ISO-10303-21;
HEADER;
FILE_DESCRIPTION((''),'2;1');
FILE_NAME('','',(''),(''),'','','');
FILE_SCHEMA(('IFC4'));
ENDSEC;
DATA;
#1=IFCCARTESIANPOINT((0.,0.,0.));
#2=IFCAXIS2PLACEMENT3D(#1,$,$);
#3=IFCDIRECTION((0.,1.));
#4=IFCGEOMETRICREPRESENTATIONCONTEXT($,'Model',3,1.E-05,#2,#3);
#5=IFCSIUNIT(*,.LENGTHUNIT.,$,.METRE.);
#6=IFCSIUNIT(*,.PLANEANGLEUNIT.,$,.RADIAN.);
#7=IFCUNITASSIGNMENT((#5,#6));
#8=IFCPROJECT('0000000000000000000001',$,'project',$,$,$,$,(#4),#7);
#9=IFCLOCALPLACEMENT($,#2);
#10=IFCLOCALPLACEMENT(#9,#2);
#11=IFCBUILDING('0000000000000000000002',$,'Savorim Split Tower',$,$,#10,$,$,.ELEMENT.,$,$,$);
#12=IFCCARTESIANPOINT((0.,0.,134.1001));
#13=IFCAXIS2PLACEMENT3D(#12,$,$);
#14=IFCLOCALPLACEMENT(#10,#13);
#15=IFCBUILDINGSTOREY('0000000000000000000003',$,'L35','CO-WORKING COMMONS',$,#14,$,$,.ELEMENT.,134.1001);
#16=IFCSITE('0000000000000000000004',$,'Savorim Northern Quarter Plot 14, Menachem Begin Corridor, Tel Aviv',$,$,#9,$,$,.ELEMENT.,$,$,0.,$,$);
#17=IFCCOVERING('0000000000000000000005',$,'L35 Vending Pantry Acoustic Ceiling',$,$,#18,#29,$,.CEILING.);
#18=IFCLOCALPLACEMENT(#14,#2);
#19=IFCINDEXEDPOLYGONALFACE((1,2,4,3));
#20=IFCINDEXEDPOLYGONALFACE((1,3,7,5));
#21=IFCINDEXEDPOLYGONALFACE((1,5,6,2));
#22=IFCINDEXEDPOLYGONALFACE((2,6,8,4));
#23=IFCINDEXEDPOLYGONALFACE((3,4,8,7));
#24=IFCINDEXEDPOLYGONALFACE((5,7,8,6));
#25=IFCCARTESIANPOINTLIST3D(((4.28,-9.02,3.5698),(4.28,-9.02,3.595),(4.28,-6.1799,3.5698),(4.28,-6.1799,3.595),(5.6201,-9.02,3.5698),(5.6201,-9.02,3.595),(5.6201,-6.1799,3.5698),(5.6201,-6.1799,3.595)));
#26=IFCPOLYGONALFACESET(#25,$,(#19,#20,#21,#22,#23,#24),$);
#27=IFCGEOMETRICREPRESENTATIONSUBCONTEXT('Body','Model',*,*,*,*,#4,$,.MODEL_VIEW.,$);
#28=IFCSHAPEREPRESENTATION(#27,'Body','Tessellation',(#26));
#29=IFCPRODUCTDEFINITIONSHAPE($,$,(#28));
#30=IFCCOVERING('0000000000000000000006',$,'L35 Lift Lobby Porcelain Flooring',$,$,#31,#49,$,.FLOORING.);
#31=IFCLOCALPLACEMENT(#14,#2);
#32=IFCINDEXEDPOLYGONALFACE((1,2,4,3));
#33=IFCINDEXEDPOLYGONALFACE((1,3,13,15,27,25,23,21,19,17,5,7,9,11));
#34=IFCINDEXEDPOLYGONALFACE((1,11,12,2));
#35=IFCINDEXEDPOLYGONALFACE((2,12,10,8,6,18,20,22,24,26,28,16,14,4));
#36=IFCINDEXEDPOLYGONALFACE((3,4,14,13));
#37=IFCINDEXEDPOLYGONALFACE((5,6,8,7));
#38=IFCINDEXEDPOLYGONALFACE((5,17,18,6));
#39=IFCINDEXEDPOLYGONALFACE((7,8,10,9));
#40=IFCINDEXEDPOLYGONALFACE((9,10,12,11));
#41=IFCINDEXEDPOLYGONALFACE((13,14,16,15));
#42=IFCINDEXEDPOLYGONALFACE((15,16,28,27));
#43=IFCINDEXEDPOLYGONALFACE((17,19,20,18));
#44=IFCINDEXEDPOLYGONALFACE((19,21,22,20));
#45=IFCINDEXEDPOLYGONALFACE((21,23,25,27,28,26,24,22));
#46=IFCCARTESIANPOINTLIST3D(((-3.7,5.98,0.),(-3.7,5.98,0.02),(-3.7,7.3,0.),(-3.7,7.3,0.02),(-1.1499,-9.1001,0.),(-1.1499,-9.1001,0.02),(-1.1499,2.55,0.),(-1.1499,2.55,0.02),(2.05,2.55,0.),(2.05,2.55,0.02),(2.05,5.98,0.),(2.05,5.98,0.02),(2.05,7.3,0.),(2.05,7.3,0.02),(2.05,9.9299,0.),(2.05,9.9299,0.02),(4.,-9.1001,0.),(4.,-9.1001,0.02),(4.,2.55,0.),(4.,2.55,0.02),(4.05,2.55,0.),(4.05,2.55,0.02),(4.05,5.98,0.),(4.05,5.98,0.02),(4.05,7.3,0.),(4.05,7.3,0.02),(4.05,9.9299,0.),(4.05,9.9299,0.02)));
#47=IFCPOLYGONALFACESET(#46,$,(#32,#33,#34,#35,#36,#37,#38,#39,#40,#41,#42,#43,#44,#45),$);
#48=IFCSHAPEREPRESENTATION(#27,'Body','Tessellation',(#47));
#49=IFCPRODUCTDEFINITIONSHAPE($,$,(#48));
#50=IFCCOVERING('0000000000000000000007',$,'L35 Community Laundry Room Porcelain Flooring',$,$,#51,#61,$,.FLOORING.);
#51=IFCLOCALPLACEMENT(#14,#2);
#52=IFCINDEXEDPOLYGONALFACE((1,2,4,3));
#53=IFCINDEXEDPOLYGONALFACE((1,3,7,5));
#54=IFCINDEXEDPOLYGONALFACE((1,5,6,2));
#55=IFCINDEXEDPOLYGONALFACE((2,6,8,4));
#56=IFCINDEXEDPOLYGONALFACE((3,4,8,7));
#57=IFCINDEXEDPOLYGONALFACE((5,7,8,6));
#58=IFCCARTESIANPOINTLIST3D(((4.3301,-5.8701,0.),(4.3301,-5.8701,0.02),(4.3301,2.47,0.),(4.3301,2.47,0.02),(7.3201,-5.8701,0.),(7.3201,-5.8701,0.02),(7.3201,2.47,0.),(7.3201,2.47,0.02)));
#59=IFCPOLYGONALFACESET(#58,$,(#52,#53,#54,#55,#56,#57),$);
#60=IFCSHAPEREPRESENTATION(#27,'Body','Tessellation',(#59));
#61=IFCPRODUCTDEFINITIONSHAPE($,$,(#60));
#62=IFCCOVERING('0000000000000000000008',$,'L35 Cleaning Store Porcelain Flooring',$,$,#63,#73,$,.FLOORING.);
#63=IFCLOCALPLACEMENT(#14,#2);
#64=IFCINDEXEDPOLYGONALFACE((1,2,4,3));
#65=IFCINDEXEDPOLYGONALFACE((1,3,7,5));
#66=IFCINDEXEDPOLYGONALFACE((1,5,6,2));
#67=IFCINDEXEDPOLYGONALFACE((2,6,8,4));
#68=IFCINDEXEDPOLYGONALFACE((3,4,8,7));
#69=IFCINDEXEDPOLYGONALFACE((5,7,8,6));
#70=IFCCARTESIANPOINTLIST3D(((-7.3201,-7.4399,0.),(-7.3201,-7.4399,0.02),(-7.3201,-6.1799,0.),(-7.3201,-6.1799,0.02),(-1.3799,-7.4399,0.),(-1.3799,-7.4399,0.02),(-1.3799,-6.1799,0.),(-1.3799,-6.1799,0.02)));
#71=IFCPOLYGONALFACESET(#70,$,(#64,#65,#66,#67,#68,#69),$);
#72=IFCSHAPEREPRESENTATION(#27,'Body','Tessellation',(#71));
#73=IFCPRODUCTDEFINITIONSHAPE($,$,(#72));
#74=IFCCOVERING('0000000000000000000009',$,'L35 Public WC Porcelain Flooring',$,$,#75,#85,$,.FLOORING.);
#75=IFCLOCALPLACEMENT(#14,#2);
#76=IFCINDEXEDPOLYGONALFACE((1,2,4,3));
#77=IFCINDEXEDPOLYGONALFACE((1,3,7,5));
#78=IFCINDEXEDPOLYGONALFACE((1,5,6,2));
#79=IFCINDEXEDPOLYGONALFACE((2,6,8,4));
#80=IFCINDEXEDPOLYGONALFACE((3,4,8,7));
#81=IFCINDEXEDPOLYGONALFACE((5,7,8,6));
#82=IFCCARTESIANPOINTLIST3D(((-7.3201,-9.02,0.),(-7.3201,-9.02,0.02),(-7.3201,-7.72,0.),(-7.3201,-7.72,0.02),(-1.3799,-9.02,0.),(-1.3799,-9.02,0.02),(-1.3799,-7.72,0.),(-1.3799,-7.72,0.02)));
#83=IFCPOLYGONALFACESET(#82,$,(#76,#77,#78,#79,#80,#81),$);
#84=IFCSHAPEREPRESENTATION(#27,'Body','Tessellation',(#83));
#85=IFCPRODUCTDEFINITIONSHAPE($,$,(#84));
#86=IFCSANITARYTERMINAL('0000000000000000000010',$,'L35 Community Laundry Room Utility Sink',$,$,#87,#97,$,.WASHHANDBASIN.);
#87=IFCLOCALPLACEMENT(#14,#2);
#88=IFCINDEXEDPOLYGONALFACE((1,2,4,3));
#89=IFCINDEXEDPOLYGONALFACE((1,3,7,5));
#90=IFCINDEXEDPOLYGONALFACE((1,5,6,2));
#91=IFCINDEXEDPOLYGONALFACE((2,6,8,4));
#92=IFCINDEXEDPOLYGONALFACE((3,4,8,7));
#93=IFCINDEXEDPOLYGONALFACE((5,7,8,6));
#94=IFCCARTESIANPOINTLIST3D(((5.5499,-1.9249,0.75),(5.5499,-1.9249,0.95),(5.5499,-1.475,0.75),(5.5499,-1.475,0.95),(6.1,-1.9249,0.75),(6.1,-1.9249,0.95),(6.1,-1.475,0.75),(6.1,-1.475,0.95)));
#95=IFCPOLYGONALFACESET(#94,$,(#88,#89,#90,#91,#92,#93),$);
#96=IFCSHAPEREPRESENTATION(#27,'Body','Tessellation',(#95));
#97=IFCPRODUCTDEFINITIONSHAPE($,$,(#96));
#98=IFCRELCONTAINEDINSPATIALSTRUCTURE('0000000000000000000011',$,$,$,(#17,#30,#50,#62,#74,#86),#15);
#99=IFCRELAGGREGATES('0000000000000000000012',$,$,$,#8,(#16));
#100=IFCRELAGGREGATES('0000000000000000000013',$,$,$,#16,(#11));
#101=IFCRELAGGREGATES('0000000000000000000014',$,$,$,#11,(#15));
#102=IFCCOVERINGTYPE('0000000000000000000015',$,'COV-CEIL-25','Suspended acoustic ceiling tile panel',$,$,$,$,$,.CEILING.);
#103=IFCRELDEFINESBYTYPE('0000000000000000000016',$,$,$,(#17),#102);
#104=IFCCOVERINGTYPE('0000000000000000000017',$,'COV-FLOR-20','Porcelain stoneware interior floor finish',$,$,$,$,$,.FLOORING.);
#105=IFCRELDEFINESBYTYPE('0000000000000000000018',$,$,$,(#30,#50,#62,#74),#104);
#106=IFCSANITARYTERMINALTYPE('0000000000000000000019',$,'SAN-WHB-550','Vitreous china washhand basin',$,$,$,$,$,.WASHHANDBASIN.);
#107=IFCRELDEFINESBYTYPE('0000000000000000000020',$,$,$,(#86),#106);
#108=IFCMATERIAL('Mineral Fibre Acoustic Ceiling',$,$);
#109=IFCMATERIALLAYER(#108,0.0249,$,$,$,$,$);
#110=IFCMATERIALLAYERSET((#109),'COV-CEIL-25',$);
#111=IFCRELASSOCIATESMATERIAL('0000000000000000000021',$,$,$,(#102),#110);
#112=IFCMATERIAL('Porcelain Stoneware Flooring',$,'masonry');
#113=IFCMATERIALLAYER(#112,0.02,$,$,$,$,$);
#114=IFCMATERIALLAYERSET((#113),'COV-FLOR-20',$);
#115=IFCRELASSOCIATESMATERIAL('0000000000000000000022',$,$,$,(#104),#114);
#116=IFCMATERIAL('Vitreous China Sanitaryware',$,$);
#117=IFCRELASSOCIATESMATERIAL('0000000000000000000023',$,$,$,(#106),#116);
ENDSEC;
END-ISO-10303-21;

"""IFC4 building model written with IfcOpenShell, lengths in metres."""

from ifc_helpers import new_model, si_unit, direction, frame, origin, origin_2d, place, context, subcontext, project, spatial, polyline, rectangle, outline, extrude, material, layer, layer_set, type_object, element, save


model = new_model("IFC4")

# Units and contexts
model_context = context("Model", 3, precision=1e-05, world=origin(), true_north=direction((0.0, 1.0)))
body_context = subcontext(model_context, "Body", "Model", "MODEL_VIEW")
ifc_project = project(units=[si_unit("LENGTHUNIT", "METRE"), si_unit("PLANEANGLEUNIT", "RADIAN")], contexts=[model_context])

# Site, building, storey
site_placement = place(None, origin())
site = spatial("IfcSite", under=ifc_project, at=site_placement, Name="Savorim Northern Quarter Plot 14, Menachem Begin Corridor, Tel Aviv", CompositionType="ELEMENT", RefElevation=0.0)
building_placement = place(site_placement, origin())
building = spatial("IfcBuilding", under=site, at=building_placement, Name="Savorim Split Tower", CompositionType="ELEMENT")
storey_placement = place(building_placement, frame((0.0, 0.0, 134.1001)))
storey = spatial("IfcBuildingStorey", under=building, at=storey_placement, Name="L35", Description="CO-WORKING COMMONS", CompositionType="ELEMENT", Elevation=134.1001)

# Coverings
ifc_material_1 = material(Name="Mineral Fibre Acoustic Ceiling")
ifc_layer_1 = layer(ifc_material_1, 0.0249)
ifc_layer_set_1 = layer_set([ifc_layer_1], Name="COV-CEIL-25")
covering_type_1 = type_object("IfcCoveringType", Name="COV-CEIL-25", Description="Suspended acoustic ceiling tile panel", PredefinedType="CEILING", material=ifc_layer_set_1)
covering_1_placement = place(storey_placement, frame((0.0, 0.0, 3.5698)))
element("IfcCovering", 1, at=covering_1_placement, inside=storey, type_object=covering_type_1, Name="L35 Vending Pantry Acoustic Ceiling", PredefinedType="CEILING", context=body_context, shape_type="SweptSolid", body=[
    extrude(outline(polyline([(4.28, -6.1799), (4.28, -9.02), (5.6201, -9.02), (5.6201, -6.1799), (4.28, -6.1799)])), origin(), (0.0, 0.0, 1.0), 0.0251),
])
ifc_material_2 = material(Name="Porcelain Stoneware Flooring", Category="masonry")
ifc_layer_2 = layer(ifc_material_2, 0.02)
ifc_layer_set_2 = layer_set([ifc_layer_2], Name="COV-FLOR-20")
covering_type_2 = type_object("IfcCoveringType", Name="COV-FLOR-20", Description="Porcelain stoneware interior floor finish", PredefinedType="FLOORING", material=ifc_layer_set_2)
covering_2_placement = place(storey_placement, origin())
element("IfcCovering", 2, at=covering_2_placement, inside=storey, type_object=covering_type_2, Name="L35 Lift Lobby Porcelain Flooring", PredefinedType="FLOORING", context=body_context, shape_type="SweptSolid", body=[
    extrude(outline(polyline([(2.05, 2.55), (-1.1499, 2.55), (-1.1499, -9.1001), (4.0, -9.1001), (4.0, 2.55), (4.05, 2.55), (4.05, 5.98), (4.05, 7.3), (4.05, 9.9299), (2.05, 9.9299), (2.05, 7.3), (-3.7, 7.3), (-3.7, 5.98), (2.05, 5.98), (2.05, 2.55)])), origin(), (0.0, 0.0, 1.0), 0.02),
])
covering_3_placement = place(storey_placement, origin())
element("IfcCovering", 3, at=covering_3_placement, inside=storey, type_object=covering_type_2, Name="L35 Community Laundry Room Porcelain Flooring", PredefinedType="FLOORING", context=body_context, shape_type="SweptSolid", body=[
    extrude(outline(polyline([(4.3301, 2.47), (4.3301, -5.8701), (7.3201, -5.8701), (7.3201, 2.47), (4.3301, 2.47)])), origin(), (0.0, 0.0, 1.0), 0.02),
])
covering_4_placement = place(storey_placement, origin())
element("IfcCovering", 4, at=covering_4_placement, inside=storey, type_object=covering_type_2, Name="L35 Cleaning Store Porcelain Flooring", PredefinedType="FLOORING", context=body_context, shape_type="SweptSolid", body=[
    extrude(outline(polyline([(-7.3201, -6.1799), (-7.3201, -7.4399), (-1.3799, -7.4399), (-1.3799, -6.1799), (-7.3201, -6.1799)])), origin(), (0.0, 0.0, 1.0), 0.02),
])
covering_5_placement = place(storey_placement, origin())
element("IfcCovering", 5, at=covering_5_placement, inside=storey, type_object=covering_type_2, Name="L35 Public WC Porcelain Flooring", PredefinedType="FLOORING", context=body_context, shape_type="SweptSolid", body=[
    extrude(outline(polyline([(-7.3201, -7.72), (-7.3201, -9.02), (-1.3799, -9.02), (-1.3799, -7.72), (-7.3201, -7.72)])), origin(), (0.0, 0.0, 1.0), 0.02),
])

# Sanitary terminal
ifc_material_3 = material(Name="Vitreous China Sanitaryware")
sanitary_terminal_type = type_object("IfcSanitaryTerminalType", Name="SAN-WHB-550", Description="Vitreous china washhand basin", PredefinedType="WASHHANDBASIN", material=ifc_material_3)
sanitary_terminal_placement = place(storey_placement, frame((5.825, -1.7, 0.75), z_axis=(0.0, 0.0, 1.0), x_axis=(1.0, 0.0, 0.0)))
element("IfcSanitaryTerminal", 6, at=sanitary_terminal_placement, inside=storey, type_object=sanitary_terminal_type, Name="L35 Community Laundry Room Utility Sink", PredefinedType="WASHHANDBASIN", context=body_context, shape_type="SweptSolid", body=[
    extrude(rectangle(XDim=0.55, YDim=0.45, at=origin_2d()), origin(), (0.0, 0.0, 1.0), 0.2),
])

save(model, "model.ifc")
